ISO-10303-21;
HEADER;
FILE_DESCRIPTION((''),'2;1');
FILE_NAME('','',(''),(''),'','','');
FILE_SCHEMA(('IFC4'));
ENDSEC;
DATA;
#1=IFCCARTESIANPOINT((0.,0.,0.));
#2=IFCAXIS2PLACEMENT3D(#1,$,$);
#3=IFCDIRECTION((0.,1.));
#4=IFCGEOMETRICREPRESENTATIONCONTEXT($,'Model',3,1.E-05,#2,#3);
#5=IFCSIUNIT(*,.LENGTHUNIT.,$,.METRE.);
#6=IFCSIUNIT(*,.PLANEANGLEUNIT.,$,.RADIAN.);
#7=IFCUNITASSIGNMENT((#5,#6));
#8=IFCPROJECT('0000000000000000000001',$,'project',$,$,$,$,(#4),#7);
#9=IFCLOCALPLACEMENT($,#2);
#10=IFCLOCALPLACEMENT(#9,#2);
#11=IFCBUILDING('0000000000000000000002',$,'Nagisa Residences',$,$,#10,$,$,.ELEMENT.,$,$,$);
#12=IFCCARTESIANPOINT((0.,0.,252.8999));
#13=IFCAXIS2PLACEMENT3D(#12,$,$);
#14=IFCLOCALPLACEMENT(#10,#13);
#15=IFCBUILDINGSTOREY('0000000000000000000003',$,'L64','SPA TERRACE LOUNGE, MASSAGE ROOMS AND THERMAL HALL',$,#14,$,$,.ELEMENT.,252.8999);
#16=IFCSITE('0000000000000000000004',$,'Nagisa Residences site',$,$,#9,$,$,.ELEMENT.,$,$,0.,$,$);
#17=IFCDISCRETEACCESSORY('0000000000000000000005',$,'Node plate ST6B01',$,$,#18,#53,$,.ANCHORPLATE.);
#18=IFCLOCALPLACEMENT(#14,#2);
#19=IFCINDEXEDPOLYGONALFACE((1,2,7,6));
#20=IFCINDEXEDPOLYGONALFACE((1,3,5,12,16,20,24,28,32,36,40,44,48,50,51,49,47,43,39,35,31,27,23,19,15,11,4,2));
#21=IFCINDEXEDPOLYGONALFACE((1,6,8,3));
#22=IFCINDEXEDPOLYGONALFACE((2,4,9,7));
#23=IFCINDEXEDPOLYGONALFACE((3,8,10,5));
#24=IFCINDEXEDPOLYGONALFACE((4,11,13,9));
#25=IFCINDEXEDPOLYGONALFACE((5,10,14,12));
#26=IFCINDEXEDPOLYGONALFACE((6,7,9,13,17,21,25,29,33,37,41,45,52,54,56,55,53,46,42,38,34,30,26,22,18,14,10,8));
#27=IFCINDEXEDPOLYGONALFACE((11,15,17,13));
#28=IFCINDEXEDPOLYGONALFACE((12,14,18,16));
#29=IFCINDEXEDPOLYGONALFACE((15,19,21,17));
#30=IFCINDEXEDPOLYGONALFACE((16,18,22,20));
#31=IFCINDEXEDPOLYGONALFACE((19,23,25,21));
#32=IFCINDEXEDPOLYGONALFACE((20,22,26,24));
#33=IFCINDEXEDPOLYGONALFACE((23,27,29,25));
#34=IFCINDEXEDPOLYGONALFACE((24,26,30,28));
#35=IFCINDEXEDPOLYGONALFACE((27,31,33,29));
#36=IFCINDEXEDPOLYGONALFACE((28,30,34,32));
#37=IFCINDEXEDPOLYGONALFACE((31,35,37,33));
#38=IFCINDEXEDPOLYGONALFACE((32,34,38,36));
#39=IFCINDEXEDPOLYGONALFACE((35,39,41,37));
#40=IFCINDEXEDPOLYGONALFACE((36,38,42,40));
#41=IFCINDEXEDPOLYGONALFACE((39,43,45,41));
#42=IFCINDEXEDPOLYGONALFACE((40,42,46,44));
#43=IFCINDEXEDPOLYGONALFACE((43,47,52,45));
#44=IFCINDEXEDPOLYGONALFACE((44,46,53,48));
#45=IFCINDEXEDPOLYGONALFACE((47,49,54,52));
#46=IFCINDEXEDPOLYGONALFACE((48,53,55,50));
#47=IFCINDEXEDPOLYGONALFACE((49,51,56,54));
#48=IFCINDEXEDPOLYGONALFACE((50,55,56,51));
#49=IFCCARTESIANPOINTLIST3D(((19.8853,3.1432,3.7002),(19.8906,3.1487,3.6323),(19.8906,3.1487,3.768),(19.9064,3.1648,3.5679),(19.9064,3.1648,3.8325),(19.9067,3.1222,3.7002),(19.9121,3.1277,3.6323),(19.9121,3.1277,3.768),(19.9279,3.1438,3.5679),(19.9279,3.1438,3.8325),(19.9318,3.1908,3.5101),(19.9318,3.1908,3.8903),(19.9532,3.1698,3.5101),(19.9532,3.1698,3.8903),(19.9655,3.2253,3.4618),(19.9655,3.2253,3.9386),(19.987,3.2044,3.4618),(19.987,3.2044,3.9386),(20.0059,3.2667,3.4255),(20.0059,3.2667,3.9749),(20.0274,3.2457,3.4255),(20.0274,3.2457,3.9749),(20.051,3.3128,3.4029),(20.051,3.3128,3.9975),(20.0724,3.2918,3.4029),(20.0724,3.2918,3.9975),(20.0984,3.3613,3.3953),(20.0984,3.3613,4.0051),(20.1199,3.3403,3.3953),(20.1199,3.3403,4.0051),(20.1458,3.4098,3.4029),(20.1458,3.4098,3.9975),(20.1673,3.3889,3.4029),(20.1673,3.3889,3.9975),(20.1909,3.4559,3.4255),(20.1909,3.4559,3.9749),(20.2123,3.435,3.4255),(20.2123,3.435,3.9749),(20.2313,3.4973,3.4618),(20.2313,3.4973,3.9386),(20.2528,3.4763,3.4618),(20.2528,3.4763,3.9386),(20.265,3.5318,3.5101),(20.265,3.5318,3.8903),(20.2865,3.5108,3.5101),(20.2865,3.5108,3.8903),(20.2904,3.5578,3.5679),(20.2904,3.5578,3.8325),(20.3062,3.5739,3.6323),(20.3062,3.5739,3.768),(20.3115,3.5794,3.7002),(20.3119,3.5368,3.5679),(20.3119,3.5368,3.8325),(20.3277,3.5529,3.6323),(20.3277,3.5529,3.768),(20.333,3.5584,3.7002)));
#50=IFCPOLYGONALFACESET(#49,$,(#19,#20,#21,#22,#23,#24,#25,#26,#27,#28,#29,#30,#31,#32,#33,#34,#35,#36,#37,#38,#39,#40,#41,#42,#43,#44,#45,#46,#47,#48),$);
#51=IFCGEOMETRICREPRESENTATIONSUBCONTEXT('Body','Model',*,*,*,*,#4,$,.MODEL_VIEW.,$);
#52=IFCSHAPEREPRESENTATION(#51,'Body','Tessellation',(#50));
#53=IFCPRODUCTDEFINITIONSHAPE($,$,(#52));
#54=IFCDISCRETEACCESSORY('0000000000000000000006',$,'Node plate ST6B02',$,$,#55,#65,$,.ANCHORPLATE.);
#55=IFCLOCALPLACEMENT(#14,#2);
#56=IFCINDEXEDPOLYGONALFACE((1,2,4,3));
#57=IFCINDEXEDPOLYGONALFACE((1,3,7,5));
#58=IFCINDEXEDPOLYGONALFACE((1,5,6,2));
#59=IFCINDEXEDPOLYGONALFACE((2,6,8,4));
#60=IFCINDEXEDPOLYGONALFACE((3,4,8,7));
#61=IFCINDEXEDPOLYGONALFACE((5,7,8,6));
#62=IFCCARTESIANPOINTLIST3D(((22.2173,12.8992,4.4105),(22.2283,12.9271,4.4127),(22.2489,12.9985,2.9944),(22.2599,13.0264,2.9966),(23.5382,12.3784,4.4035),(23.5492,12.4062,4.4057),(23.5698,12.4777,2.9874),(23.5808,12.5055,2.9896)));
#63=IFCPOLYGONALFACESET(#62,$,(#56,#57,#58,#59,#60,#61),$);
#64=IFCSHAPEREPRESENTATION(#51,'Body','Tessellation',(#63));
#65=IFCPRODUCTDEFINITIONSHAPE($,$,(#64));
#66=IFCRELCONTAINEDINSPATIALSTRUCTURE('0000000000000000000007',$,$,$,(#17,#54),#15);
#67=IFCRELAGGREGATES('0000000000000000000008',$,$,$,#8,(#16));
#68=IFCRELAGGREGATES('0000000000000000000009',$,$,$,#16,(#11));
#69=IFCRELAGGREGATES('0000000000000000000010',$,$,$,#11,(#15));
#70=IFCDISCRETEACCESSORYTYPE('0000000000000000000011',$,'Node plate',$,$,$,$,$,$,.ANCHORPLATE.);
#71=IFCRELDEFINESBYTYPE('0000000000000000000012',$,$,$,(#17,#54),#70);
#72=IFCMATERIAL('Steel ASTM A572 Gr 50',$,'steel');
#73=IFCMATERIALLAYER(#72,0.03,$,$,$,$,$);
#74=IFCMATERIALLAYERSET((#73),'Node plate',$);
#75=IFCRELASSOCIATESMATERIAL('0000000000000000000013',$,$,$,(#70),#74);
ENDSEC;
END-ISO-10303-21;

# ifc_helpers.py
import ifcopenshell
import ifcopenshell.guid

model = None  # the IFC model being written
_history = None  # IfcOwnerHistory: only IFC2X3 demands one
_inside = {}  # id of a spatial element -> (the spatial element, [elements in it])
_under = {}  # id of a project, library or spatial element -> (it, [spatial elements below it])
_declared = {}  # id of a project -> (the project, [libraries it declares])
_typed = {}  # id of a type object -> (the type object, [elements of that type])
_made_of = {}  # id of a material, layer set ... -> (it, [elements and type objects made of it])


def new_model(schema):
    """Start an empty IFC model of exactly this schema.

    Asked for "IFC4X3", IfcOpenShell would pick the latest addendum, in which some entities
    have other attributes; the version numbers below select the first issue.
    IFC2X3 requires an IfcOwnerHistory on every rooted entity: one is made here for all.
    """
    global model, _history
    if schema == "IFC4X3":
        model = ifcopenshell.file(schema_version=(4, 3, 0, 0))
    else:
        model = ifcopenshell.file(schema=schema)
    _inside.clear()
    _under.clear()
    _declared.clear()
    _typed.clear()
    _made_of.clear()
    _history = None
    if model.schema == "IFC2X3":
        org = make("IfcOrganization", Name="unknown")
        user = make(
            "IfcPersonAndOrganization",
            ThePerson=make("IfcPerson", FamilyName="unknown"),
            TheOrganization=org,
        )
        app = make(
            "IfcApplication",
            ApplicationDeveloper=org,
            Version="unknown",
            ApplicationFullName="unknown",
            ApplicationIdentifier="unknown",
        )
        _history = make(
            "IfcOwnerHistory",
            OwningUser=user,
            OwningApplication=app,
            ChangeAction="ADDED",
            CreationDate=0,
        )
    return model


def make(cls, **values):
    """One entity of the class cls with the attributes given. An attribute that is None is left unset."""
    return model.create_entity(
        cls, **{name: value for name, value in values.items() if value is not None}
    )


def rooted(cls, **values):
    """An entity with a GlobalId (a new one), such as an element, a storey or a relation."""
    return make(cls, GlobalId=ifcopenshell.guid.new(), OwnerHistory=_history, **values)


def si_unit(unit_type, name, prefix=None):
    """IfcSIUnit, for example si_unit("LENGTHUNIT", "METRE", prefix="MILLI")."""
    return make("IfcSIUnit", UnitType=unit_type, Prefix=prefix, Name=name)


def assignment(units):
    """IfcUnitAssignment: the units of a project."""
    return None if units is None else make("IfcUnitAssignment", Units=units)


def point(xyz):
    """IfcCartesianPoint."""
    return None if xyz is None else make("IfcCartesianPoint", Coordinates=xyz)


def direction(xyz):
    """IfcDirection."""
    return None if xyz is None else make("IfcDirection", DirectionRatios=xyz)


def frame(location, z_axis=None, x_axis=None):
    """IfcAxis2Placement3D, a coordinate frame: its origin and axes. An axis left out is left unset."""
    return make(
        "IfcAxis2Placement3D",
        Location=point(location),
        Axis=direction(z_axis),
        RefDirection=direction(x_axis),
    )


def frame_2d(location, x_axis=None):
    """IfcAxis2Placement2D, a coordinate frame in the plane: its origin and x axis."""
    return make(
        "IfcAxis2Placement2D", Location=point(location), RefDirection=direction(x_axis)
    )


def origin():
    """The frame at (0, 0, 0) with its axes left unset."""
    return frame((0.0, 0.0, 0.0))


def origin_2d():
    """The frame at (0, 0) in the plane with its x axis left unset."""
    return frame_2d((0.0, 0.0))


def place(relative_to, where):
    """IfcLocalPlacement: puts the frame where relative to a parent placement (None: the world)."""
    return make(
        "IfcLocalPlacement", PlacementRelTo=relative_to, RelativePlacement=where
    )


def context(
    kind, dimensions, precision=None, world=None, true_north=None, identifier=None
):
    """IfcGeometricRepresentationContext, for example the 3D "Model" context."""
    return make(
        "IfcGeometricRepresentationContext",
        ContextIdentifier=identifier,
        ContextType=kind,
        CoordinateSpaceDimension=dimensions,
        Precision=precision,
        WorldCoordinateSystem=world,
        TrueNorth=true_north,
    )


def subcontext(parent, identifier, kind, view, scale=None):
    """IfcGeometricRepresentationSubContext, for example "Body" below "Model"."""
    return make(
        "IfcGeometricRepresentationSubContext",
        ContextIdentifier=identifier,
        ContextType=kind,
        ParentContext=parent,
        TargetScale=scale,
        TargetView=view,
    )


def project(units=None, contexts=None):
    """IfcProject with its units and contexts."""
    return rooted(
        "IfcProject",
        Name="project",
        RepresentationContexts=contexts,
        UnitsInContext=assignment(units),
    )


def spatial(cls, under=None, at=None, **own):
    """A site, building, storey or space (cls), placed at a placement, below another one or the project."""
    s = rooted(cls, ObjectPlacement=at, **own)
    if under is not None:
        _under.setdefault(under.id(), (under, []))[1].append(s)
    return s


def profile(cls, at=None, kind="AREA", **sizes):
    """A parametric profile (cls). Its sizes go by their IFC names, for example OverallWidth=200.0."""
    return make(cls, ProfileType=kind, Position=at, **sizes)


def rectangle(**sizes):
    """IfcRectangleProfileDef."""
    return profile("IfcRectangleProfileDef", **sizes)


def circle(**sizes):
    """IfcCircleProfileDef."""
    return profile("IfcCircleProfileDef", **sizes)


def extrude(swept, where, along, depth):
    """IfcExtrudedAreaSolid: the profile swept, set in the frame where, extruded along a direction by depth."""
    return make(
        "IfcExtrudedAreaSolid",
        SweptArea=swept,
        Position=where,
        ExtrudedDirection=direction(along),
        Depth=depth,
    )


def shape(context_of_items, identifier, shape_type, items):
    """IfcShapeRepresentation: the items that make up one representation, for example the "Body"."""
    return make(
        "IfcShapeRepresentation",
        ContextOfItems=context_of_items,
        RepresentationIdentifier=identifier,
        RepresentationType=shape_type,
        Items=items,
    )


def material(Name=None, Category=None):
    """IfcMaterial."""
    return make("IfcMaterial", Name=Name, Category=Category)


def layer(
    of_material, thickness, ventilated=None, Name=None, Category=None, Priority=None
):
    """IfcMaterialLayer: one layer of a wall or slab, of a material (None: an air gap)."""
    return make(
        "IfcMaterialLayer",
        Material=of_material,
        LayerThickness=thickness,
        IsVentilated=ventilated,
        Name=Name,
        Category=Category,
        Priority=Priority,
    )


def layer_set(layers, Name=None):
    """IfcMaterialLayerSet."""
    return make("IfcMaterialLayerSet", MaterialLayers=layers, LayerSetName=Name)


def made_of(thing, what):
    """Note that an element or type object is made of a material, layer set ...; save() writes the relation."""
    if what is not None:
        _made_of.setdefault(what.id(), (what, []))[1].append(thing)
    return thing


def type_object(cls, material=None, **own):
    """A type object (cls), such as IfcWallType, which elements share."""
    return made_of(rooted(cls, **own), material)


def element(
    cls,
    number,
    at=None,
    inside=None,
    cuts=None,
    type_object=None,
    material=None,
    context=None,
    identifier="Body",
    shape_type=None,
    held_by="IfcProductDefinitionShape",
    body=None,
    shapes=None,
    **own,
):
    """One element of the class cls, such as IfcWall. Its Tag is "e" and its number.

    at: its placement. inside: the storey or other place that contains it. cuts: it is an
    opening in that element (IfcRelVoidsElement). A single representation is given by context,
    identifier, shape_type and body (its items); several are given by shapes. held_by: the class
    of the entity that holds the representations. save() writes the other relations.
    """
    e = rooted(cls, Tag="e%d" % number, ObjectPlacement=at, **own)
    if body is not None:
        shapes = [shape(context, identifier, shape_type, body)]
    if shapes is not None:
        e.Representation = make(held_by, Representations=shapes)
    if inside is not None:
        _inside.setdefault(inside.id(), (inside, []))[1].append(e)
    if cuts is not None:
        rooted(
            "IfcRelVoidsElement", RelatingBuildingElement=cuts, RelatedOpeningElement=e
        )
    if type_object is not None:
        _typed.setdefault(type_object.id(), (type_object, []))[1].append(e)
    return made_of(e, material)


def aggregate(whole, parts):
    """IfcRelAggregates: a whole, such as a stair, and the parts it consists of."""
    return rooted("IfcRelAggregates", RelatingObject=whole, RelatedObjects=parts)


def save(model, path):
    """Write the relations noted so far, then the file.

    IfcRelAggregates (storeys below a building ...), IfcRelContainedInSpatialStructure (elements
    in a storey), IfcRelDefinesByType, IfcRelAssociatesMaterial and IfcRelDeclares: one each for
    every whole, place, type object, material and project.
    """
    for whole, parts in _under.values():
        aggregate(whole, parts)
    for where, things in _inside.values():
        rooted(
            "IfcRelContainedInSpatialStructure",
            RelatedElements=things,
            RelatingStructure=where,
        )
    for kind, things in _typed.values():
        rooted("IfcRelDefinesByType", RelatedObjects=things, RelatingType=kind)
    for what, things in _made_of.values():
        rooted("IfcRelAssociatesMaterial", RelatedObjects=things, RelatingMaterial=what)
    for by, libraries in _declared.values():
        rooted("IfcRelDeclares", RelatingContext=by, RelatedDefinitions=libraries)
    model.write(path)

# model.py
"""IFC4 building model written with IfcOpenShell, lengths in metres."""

from ifc_helpers import new_model, si_unit, direction, frame, origin, origin_2d, place, context, subcontext, project, spatial, rectangle, circle, extrude, material, layer, layer_set, type_object, element, save


model = new_model("IFC4")

# Units and contexts
model_context = context("Model", 3, precision=1e-05, world=origin(), true_north=direction((0.0, 1.0)))
body_context = subcontext(model_context, "Body", "Model", "MODEL_VIEW")
ifc_project = project(units=[si_unit("LENGTHUNIT", "METRE"), si_unit("PLANEANGLEUNIT", "RADIAN")], contexts=[model_context])

# Site, building, storey
site_placement = place(None, origin())
site = spatial("IfcSite", under=ifc_project, at=site_placement, Name="Nagisa Residences site", CompositionType="ELEMENT", RefElevation=0.0)
building_placement = place(site_placement, origin())
building = spatial("IfcBuilding", under=site, at=building_placement, Name="Nagisa Residences", CompositionType="ELEMENT")
storey_placement = place(building_placement, frame((0.0, 0.0, 252.8999)))
storey = spatial("IfcBuildingStorey", under=building, at=storey_placement, Name="L64", Description="SPA TERRACE LOUNGE, MASSAGE ROOMS AND THERMAL HALL", CompositionType="ELEMENT", Elevation=252.8999)

# Discrete accessories
ifc_material_1 = material(Name="Steel ASTM A572 Gr 50", Category="steel")
ifc_layer_1 = layer(ifc_material_1, 0.03)
ifc_layer_set_1 = layer_set([ifc_layer_1], Name="Node plate")
discrete_accessory_type_1 = type_object("IfcDiscreteAccessoryType", Name="Node plate", PredefinedType="ANCHORPLATE", material=ifc_layer_set_1)
discrete_accessory_1_placement = place(storey_placement, frame((20.1199, 3.3403, 3.7002), z_axis=(-0.715187, 0.698933, 0.0), x_axis=(-0.698933, -0.715187, 0.0)))
element("IfcDiscreteAccessory", 1, at=discrete_accessory_1_placement, inside=storey, type_object=discrete_accessory_type_1, Name="Node plate ST6B01", PredefinedType="ANCHORPLATE", context=body_context, shape_type="SweptSolid", body=[
    extrude(circle(Radius=0.3049, at=origin_2d()), origin(), (0.0, 0.0, 1.0), 0.03),
])
discrete_accessory_2_placement = place(storey_placement, frame((22.9045, 12.7163, 3.7012), z_axis=(-0.366181, -0.927657, -0.073236), x_axis=(-0.930277, 0.366826, 0.004927)))
element("IfcDiscreteAccessory", 2, at=discrete_accessory_2_placement, inside=storey, type_object=discrete_accessory_type_1, Name="Node plate ST6B02", PredefinedType="ANCHORPLATE", context=body_context, shape_type="SweptSolid", body=[
    extrude(rectangle(XDim=1.4199, YDim=1.4199, at=origin_2d()), origin(), (0.0, 0.0, 1.0), 0.03),
])

save(model, "model.ifc")
